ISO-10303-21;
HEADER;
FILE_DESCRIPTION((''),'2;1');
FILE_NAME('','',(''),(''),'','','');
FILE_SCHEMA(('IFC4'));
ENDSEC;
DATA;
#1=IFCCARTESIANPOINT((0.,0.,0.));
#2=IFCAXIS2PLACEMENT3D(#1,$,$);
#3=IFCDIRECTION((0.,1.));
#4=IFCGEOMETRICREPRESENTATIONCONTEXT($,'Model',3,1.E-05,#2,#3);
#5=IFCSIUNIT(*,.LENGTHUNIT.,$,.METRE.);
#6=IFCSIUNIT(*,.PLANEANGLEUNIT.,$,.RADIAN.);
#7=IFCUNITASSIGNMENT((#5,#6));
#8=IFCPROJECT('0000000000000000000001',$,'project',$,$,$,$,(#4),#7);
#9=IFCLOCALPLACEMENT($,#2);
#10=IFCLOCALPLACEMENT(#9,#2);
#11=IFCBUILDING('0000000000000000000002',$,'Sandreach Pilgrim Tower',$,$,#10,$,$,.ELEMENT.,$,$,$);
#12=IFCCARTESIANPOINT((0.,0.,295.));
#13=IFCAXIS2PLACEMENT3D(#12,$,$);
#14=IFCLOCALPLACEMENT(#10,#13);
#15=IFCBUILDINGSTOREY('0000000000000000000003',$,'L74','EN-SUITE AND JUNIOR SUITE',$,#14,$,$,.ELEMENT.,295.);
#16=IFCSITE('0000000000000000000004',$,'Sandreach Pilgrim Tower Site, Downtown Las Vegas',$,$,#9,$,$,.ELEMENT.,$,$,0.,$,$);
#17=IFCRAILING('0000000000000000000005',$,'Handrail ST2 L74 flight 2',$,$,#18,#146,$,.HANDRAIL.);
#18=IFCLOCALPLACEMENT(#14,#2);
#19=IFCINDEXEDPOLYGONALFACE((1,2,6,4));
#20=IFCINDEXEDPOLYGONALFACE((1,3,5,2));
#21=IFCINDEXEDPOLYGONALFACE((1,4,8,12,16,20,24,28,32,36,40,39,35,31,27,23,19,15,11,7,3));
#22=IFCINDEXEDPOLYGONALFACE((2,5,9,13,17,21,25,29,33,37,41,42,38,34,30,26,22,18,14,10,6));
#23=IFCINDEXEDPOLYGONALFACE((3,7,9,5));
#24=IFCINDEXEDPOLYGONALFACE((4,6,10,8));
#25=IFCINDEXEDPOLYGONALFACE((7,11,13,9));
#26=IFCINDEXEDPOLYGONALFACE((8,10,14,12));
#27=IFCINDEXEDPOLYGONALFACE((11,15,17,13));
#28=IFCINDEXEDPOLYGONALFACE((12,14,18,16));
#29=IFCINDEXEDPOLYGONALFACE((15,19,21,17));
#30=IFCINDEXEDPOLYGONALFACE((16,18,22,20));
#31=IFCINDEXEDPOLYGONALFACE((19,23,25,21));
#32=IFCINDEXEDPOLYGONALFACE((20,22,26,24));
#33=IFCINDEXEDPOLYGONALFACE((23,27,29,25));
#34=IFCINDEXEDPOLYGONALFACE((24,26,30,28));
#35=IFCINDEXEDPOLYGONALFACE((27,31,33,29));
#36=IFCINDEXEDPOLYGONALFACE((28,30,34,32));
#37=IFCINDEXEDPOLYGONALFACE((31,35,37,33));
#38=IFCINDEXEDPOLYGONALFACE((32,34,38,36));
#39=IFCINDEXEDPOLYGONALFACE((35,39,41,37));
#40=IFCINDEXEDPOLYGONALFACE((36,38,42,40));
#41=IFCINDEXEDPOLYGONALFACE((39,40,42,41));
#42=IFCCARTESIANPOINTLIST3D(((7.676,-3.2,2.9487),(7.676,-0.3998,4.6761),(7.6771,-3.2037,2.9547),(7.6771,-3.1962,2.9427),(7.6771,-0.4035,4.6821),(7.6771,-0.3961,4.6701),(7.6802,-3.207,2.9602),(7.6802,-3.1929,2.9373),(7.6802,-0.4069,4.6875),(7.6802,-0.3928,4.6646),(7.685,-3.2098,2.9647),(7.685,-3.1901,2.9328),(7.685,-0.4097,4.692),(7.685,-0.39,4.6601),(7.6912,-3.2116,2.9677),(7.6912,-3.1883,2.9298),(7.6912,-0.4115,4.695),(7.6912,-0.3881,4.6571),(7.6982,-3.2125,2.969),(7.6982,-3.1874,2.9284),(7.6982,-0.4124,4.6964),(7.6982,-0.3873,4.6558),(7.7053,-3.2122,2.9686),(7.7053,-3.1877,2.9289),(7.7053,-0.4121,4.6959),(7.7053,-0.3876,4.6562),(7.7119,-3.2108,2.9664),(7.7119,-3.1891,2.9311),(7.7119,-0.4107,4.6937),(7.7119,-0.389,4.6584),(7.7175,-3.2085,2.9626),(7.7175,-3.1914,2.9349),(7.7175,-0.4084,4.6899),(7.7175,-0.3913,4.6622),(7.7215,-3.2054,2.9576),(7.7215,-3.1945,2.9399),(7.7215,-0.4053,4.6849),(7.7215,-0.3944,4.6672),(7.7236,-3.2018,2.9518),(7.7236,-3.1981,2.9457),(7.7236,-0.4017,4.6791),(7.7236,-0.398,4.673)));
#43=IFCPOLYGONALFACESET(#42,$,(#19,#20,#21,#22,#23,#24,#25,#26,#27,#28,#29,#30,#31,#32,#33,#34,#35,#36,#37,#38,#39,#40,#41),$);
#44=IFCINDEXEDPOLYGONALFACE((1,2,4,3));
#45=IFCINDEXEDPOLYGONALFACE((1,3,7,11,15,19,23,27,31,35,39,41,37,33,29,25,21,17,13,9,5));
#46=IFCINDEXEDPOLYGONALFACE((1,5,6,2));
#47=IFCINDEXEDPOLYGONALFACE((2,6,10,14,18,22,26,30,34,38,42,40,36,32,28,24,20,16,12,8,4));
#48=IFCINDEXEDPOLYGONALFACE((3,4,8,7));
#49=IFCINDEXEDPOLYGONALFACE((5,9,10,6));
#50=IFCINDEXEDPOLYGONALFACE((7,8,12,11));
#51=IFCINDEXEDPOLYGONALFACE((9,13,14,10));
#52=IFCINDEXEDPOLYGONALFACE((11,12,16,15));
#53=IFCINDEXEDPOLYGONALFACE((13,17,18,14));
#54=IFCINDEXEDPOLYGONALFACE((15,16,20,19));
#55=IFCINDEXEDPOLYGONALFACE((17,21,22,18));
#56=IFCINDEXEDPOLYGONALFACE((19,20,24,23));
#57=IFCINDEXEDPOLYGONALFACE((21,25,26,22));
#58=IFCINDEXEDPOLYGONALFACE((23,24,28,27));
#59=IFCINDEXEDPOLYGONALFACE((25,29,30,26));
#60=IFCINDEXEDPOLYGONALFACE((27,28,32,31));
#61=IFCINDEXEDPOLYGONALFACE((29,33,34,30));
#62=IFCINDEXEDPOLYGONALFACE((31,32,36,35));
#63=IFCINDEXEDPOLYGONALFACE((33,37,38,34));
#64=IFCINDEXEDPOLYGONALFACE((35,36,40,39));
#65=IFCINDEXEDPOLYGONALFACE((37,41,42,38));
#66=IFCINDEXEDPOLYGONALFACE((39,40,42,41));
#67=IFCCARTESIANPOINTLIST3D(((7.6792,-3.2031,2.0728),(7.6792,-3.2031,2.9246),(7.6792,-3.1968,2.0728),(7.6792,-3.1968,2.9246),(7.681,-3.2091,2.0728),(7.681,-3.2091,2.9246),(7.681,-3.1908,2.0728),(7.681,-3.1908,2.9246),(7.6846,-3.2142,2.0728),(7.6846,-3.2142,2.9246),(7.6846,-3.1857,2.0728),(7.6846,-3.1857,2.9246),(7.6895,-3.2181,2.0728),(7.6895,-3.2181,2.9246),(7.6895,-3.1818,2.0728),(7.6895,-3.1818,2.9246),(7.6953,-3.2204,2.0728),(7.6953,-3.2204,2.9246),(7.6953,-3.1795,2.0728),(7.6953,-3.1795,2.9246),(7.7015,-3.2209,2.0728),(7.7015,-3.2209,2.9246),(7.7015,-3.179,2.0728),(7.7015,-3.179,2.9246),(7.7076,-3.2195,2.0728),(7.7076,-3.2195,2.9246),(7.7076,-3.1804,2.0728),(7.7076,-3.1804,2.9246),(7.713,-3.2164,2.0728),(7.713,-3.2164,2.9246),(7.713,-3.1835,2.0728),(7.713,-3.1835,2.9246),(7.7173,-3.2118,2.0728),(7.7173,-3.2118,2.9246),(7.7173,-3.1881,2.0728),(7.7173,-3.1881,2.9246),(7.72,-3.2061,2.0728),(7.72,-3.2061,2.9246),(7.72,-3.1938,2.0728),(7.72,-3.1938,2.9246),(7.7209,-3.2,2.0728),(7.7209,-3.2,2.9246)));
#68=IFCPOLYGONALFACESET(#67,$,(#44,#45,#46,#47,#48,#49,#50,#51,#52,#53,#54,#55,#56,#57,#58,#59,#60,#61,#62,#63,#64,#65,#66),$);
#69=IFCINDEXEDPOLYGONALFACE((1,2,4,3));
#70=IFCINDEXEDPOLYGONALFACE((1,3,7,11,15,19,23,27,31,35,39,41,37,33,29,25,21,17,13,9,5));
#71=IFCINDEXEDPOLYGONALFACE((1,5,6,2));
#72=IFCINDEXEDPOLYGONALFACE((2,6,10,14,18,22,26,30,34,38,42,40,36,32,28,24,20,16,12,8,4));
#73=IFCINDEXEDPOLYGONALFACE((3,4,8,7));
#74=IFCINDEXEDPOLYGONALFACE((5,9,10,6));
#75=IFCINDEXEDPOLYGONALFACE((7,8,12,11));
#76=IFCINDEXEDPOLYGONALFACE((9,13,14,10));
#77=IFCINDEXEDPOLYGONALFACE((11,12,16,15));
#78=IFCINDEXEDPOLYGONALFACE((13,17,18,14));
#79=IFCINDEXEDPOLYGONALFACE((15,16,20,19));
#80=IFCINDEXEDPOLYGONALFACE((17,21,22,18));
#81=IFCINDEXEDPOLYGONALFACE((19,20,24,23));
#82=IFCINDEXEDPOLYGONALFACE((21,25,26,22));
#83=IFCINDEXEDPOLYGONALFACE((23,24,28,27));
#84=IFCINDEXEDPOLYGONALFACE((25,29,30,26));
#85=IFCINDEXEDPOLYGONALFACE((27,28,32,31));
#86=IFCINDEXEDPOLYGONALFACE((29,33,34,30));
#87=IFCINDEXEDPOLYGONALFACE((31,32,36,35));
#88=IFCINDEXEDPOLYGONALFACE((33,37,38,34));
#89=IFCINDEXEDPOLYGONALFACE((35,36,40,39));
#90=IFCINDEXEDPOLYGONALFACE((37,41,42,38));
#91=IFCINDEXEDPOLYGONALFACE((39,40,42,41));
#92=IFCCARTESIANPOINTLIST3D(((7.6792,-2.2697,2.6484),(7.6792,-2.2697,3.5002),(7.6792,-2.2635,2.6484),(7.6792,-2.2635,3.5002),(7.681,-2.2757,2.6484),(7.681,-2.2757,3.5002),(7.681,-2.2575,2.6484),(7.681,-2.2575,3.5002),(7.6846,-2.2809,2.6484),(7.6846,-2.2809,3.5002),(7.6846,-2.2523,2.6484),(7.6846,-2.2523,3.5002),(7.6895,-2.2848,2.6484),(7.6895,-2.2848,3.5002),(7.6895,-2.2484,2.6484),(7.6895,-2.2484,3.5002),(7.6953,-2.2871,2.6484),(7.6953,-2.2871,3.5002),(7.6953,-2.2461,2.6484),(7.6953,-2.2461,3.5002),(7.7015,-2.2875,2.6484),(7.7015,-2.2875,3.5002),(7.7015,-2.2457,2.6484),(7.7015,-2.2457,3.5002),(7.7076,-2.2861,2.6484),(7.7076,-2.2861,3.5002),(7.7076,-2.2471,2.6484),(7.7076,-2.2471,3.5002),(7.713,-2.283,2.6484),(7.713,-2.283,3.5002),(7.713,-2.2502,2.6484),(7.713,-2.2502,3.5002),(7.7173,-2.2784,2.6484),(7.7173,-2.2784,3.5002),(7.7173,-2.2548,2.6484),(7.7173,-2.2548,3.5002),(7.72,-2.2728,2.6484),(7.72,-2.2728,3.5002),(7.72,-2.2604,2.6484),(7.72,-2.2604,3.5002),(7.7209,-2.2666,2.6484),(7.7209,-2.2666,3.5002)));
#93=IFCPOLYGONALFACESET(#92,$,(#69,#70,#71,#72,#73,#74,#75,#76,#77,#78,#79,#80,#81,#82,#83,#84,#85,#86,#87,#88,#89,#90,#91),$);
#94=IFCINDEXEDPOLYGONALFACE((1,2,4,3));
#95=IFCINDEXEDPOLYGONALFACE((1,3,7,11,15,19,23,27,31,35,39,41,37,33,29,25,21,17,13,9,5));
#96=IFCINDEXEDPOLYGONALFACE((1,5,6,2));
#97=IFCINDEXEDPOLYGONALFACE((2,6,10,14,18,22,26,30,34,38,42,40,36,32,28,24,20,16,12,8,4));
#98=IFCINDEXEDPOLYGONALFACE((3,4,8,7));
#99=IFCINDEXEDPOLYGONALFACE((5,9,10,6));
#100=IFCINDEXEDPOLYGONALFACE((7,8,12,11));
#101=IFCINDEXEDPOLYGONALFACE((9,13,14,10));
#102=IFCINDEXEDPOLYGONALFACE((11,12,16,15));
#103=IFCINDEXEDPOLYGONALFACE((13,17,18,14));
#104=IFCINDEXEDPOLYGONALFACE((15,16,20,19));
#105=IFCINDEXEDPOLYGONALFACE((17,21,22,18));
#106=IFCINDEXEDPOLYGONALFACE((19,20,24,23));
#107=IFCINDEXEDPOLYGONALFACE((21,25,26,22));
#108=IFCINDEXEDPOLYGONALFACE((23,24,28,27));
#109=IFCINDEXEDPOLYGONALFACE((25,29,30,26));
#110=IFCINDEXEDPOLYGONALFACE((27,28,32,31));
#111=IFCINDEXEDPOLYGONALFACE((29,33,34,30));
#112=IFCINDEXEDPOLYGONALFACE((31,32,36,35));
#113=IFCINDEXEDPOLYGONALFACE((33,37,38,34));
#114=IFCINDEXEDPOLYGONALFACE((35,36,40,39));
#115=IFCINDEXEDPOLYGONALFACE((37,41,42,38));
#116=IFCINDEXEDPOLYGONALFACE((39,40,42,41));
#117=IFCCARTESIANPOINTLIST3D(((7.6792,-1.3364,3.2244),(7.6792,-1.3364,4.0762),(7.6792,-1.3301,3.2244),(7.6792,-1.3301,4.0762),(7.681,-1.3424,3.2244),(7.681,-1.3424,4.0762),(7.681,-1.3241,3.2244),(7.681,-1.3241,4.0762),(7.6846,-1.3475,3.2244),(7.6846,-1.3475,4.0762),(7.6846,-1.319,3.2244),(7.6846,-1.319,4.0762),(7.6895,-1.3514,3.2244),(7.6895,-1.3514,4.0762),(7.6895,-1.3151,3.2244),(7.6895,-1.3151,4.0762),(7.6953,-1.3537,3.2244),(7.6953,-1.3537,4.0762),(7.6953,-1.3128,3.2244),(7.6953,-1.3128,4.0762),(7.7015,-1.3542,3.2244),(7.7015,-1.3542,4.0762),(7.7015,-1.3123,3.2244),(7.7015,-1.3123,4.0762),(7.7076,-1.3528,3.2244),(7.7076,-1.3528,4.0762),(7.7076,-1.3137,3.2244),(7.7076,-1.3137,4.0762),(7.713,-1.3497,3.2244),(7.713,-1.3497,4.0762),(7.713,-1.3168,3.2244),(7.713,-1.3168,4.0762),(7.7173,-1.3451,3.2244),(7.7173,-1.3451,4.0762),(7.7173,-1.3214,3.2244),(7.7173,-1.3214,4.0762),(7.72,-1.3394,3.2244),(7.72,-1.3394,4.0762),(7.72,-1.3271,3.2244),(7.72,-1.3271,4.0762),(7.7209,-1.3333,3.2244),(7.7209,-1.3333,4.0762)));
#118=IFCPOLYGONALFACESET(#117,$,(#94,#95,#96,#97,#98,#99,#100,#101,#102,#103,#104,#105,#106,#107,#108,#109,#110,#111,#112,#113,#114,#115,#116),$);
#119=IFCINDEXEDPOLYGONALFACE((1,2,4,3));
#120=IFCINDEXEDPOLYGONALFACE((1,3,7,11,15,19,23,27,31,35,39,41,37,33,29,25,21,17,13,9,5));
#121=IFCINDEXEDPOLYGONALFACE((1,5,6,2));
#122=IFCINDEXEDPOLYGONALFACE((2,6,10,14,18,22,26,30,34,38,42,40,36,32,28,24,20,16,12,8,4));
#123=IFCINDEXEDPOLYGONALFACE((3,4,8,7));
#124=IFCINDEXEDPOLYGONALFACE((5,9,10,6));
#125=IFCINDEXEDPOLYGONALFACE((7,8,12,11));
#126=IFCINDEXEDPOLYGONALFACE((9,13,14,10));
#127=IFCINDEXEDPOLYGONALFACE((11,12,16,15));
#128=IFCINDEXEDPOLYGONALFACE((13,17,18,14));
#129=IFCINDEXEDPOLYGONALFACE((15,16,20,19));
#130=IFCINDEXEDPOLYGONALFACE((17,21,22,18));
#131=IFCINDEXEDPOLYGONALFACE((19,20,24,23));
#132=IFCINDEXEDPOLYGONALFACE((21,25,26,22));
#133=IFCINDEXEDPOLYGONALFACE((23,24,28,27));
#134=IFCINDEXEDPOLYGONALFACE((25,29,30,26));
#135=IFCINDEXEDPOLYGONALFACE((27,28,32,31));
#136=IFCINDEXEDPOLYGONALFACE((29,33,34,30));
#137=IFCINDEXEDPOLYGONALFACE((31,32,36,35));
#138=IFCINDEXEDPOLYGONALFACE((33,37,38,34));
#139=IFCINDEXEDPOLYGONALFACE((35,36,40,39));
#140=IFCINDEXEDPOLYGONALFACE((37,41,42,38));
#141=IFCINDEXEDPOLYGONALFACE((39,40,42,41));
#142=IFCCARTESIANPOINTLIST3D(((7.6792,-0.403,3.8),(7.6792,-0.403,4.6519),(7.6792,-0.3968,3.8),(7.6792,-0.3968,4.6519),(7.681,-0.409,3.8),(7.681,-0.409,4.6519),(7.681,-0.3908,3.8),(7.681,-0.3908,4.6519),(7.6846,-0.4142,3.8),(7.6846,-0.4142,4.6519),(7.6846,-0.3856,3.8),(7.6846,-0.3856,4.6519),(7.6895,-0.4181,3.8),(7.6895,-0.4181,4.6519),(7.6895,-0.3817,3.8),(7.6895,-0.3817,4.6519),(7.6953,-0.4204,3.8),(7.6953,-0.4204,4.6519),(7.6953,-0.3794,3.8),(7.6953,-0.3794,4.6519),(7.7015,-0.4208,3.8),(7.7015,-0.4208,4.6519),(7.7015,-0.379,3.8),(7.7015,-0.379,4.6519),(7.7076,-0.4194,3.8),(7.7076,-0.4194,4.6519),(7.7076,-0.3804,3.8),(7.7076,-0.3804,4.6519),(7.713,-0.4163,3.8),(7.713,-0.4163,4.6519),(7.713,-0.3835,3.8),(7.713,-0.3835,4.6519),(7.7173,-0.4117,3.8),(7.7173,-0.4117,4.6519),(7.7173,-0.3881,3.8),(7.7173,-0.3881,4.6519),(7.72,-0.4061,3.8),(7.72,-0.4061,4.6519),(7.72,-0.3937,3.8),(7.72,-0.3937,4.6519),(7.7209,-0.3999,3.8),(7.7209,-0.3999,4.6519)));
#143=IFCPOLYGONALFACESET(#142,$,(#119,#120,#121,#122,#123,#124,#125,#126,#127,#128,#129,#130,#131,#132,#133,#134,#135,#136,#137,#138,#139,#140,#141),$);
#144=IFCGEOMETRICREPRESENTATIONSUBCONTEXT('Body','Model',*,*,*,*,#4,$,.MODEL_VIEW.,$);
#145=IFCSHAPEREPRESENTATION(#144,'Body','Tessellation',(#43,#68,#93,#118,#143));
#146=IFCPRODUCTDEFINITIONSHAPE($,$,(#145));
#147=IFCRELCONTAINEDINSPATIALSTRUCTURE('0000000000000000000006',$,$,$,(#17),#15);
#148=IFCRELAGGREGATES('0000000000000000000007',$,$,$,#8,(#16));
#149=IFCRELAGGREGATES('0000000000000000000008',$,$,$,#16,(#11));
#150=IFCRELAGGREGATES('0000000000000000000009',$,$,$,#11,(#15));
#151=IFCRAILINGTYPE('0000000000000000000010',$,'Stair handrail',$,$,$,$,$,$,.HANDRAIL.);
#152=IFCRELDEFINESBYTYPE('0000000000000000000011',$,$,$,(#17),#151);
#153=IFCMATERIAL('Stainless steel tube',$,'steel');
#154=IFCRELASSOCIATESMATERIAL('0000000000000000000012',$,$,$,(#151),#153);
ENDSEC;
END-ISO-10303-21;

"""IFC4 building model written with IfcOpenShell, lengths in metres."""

from ifc_helpers import new_model, si_unit, direction, frame, origin, origin_2d, place, context, subcontext, project, spatial, circle, extrude, material, type_object, element, save


model = new_model("IFC4")

# Units and contexts
model_context = context("Model", 3, precision=1e-05, world=origin(), true_north=direction((0.0, 1.0)))
body_context = subcontext(model_context, "Body", "Model", "MODEL_VIEW")
ifc_project = project(units=[si_unit("LENGTHUNIT", "METRE"), si_unit("PLANEANGLEUNIT", "RADIAN")], contexts=[model_context])

# Site, building, storey
site_placement = place(None, origin())
site = spatial("IfcSite", under=ifc_project, at=site_placement, Name="Sandreach Pilgrim Tower Site, Downtown Las Vegas", CompositionType="ELEMENT", RefElevation=0.0)
building_placement = place(site_placement, origin())
building = spatial("IfcBuilding", under=site, at=building_placement, Name="Sandreach Pilgrim Tower", CompositionType="ELEMENT")
storey_placement = place(building_placement, frame((0.0, 0.0, 295.0)))
storey = spatial("IfcBuildingStorey", under=building, at=storey_placement, Name="L74", Description="EN-SUITE AND JUNIOR SUITE", CompositionType="ELEMENT", Elevation=295.0)

# Railing
ifc_material_1 = material(Name="Stainless steel tube", Category="steel")
railing_type = type_object("IfcRailingType", Name="Stair handrail", PredefinedType="HANDRAIL", material=ifc_material_1)
railing_placement = place(storey_placement, frame((7.7, -3.2, 2.0728)))
element("IfcRailing", 1, at=railing_placement, inside=storey, type_object=railing_type, Name="Handrail ST2 L74 flight 2", PredefinedType="HANDRAIL", context=body_context, shape_type="SweptSolid", body=[
    extrude(circle(Radius=0.0239, at=origin_2d()), frame((0.0, 0.0, 0.876), z_axis=(0.0, 0.85109, 0.52502), x_axis=(-1.0, 0.0, 0.0)), (0.0, 0.0, 1.0), 3.29),
    extrude(circle(Radius=0.021, at=origin_2d()), origin(), (0.0, 0.0, 1.0), 0.8518),
    extrude(circle(Radius=0.021, at=origin_2d()), frame((0.0, 0.9333, 0.5757)), (0.0, 0.0, 1.0), 0.8518),
    extrude(circle(Radius=0.021, at=origin_2d()), frame((0.0, 1.8667, 1.1516)), (0.0, 0.0, 1.0), 0.8518),
    extrude(circle(Radius=0.021, at=origin_2d()), frame((0.0, 2.8, 1.7273)), (0.0, 0.0, 1.0), 0.8518),
])

save(model, "model.ifc")
